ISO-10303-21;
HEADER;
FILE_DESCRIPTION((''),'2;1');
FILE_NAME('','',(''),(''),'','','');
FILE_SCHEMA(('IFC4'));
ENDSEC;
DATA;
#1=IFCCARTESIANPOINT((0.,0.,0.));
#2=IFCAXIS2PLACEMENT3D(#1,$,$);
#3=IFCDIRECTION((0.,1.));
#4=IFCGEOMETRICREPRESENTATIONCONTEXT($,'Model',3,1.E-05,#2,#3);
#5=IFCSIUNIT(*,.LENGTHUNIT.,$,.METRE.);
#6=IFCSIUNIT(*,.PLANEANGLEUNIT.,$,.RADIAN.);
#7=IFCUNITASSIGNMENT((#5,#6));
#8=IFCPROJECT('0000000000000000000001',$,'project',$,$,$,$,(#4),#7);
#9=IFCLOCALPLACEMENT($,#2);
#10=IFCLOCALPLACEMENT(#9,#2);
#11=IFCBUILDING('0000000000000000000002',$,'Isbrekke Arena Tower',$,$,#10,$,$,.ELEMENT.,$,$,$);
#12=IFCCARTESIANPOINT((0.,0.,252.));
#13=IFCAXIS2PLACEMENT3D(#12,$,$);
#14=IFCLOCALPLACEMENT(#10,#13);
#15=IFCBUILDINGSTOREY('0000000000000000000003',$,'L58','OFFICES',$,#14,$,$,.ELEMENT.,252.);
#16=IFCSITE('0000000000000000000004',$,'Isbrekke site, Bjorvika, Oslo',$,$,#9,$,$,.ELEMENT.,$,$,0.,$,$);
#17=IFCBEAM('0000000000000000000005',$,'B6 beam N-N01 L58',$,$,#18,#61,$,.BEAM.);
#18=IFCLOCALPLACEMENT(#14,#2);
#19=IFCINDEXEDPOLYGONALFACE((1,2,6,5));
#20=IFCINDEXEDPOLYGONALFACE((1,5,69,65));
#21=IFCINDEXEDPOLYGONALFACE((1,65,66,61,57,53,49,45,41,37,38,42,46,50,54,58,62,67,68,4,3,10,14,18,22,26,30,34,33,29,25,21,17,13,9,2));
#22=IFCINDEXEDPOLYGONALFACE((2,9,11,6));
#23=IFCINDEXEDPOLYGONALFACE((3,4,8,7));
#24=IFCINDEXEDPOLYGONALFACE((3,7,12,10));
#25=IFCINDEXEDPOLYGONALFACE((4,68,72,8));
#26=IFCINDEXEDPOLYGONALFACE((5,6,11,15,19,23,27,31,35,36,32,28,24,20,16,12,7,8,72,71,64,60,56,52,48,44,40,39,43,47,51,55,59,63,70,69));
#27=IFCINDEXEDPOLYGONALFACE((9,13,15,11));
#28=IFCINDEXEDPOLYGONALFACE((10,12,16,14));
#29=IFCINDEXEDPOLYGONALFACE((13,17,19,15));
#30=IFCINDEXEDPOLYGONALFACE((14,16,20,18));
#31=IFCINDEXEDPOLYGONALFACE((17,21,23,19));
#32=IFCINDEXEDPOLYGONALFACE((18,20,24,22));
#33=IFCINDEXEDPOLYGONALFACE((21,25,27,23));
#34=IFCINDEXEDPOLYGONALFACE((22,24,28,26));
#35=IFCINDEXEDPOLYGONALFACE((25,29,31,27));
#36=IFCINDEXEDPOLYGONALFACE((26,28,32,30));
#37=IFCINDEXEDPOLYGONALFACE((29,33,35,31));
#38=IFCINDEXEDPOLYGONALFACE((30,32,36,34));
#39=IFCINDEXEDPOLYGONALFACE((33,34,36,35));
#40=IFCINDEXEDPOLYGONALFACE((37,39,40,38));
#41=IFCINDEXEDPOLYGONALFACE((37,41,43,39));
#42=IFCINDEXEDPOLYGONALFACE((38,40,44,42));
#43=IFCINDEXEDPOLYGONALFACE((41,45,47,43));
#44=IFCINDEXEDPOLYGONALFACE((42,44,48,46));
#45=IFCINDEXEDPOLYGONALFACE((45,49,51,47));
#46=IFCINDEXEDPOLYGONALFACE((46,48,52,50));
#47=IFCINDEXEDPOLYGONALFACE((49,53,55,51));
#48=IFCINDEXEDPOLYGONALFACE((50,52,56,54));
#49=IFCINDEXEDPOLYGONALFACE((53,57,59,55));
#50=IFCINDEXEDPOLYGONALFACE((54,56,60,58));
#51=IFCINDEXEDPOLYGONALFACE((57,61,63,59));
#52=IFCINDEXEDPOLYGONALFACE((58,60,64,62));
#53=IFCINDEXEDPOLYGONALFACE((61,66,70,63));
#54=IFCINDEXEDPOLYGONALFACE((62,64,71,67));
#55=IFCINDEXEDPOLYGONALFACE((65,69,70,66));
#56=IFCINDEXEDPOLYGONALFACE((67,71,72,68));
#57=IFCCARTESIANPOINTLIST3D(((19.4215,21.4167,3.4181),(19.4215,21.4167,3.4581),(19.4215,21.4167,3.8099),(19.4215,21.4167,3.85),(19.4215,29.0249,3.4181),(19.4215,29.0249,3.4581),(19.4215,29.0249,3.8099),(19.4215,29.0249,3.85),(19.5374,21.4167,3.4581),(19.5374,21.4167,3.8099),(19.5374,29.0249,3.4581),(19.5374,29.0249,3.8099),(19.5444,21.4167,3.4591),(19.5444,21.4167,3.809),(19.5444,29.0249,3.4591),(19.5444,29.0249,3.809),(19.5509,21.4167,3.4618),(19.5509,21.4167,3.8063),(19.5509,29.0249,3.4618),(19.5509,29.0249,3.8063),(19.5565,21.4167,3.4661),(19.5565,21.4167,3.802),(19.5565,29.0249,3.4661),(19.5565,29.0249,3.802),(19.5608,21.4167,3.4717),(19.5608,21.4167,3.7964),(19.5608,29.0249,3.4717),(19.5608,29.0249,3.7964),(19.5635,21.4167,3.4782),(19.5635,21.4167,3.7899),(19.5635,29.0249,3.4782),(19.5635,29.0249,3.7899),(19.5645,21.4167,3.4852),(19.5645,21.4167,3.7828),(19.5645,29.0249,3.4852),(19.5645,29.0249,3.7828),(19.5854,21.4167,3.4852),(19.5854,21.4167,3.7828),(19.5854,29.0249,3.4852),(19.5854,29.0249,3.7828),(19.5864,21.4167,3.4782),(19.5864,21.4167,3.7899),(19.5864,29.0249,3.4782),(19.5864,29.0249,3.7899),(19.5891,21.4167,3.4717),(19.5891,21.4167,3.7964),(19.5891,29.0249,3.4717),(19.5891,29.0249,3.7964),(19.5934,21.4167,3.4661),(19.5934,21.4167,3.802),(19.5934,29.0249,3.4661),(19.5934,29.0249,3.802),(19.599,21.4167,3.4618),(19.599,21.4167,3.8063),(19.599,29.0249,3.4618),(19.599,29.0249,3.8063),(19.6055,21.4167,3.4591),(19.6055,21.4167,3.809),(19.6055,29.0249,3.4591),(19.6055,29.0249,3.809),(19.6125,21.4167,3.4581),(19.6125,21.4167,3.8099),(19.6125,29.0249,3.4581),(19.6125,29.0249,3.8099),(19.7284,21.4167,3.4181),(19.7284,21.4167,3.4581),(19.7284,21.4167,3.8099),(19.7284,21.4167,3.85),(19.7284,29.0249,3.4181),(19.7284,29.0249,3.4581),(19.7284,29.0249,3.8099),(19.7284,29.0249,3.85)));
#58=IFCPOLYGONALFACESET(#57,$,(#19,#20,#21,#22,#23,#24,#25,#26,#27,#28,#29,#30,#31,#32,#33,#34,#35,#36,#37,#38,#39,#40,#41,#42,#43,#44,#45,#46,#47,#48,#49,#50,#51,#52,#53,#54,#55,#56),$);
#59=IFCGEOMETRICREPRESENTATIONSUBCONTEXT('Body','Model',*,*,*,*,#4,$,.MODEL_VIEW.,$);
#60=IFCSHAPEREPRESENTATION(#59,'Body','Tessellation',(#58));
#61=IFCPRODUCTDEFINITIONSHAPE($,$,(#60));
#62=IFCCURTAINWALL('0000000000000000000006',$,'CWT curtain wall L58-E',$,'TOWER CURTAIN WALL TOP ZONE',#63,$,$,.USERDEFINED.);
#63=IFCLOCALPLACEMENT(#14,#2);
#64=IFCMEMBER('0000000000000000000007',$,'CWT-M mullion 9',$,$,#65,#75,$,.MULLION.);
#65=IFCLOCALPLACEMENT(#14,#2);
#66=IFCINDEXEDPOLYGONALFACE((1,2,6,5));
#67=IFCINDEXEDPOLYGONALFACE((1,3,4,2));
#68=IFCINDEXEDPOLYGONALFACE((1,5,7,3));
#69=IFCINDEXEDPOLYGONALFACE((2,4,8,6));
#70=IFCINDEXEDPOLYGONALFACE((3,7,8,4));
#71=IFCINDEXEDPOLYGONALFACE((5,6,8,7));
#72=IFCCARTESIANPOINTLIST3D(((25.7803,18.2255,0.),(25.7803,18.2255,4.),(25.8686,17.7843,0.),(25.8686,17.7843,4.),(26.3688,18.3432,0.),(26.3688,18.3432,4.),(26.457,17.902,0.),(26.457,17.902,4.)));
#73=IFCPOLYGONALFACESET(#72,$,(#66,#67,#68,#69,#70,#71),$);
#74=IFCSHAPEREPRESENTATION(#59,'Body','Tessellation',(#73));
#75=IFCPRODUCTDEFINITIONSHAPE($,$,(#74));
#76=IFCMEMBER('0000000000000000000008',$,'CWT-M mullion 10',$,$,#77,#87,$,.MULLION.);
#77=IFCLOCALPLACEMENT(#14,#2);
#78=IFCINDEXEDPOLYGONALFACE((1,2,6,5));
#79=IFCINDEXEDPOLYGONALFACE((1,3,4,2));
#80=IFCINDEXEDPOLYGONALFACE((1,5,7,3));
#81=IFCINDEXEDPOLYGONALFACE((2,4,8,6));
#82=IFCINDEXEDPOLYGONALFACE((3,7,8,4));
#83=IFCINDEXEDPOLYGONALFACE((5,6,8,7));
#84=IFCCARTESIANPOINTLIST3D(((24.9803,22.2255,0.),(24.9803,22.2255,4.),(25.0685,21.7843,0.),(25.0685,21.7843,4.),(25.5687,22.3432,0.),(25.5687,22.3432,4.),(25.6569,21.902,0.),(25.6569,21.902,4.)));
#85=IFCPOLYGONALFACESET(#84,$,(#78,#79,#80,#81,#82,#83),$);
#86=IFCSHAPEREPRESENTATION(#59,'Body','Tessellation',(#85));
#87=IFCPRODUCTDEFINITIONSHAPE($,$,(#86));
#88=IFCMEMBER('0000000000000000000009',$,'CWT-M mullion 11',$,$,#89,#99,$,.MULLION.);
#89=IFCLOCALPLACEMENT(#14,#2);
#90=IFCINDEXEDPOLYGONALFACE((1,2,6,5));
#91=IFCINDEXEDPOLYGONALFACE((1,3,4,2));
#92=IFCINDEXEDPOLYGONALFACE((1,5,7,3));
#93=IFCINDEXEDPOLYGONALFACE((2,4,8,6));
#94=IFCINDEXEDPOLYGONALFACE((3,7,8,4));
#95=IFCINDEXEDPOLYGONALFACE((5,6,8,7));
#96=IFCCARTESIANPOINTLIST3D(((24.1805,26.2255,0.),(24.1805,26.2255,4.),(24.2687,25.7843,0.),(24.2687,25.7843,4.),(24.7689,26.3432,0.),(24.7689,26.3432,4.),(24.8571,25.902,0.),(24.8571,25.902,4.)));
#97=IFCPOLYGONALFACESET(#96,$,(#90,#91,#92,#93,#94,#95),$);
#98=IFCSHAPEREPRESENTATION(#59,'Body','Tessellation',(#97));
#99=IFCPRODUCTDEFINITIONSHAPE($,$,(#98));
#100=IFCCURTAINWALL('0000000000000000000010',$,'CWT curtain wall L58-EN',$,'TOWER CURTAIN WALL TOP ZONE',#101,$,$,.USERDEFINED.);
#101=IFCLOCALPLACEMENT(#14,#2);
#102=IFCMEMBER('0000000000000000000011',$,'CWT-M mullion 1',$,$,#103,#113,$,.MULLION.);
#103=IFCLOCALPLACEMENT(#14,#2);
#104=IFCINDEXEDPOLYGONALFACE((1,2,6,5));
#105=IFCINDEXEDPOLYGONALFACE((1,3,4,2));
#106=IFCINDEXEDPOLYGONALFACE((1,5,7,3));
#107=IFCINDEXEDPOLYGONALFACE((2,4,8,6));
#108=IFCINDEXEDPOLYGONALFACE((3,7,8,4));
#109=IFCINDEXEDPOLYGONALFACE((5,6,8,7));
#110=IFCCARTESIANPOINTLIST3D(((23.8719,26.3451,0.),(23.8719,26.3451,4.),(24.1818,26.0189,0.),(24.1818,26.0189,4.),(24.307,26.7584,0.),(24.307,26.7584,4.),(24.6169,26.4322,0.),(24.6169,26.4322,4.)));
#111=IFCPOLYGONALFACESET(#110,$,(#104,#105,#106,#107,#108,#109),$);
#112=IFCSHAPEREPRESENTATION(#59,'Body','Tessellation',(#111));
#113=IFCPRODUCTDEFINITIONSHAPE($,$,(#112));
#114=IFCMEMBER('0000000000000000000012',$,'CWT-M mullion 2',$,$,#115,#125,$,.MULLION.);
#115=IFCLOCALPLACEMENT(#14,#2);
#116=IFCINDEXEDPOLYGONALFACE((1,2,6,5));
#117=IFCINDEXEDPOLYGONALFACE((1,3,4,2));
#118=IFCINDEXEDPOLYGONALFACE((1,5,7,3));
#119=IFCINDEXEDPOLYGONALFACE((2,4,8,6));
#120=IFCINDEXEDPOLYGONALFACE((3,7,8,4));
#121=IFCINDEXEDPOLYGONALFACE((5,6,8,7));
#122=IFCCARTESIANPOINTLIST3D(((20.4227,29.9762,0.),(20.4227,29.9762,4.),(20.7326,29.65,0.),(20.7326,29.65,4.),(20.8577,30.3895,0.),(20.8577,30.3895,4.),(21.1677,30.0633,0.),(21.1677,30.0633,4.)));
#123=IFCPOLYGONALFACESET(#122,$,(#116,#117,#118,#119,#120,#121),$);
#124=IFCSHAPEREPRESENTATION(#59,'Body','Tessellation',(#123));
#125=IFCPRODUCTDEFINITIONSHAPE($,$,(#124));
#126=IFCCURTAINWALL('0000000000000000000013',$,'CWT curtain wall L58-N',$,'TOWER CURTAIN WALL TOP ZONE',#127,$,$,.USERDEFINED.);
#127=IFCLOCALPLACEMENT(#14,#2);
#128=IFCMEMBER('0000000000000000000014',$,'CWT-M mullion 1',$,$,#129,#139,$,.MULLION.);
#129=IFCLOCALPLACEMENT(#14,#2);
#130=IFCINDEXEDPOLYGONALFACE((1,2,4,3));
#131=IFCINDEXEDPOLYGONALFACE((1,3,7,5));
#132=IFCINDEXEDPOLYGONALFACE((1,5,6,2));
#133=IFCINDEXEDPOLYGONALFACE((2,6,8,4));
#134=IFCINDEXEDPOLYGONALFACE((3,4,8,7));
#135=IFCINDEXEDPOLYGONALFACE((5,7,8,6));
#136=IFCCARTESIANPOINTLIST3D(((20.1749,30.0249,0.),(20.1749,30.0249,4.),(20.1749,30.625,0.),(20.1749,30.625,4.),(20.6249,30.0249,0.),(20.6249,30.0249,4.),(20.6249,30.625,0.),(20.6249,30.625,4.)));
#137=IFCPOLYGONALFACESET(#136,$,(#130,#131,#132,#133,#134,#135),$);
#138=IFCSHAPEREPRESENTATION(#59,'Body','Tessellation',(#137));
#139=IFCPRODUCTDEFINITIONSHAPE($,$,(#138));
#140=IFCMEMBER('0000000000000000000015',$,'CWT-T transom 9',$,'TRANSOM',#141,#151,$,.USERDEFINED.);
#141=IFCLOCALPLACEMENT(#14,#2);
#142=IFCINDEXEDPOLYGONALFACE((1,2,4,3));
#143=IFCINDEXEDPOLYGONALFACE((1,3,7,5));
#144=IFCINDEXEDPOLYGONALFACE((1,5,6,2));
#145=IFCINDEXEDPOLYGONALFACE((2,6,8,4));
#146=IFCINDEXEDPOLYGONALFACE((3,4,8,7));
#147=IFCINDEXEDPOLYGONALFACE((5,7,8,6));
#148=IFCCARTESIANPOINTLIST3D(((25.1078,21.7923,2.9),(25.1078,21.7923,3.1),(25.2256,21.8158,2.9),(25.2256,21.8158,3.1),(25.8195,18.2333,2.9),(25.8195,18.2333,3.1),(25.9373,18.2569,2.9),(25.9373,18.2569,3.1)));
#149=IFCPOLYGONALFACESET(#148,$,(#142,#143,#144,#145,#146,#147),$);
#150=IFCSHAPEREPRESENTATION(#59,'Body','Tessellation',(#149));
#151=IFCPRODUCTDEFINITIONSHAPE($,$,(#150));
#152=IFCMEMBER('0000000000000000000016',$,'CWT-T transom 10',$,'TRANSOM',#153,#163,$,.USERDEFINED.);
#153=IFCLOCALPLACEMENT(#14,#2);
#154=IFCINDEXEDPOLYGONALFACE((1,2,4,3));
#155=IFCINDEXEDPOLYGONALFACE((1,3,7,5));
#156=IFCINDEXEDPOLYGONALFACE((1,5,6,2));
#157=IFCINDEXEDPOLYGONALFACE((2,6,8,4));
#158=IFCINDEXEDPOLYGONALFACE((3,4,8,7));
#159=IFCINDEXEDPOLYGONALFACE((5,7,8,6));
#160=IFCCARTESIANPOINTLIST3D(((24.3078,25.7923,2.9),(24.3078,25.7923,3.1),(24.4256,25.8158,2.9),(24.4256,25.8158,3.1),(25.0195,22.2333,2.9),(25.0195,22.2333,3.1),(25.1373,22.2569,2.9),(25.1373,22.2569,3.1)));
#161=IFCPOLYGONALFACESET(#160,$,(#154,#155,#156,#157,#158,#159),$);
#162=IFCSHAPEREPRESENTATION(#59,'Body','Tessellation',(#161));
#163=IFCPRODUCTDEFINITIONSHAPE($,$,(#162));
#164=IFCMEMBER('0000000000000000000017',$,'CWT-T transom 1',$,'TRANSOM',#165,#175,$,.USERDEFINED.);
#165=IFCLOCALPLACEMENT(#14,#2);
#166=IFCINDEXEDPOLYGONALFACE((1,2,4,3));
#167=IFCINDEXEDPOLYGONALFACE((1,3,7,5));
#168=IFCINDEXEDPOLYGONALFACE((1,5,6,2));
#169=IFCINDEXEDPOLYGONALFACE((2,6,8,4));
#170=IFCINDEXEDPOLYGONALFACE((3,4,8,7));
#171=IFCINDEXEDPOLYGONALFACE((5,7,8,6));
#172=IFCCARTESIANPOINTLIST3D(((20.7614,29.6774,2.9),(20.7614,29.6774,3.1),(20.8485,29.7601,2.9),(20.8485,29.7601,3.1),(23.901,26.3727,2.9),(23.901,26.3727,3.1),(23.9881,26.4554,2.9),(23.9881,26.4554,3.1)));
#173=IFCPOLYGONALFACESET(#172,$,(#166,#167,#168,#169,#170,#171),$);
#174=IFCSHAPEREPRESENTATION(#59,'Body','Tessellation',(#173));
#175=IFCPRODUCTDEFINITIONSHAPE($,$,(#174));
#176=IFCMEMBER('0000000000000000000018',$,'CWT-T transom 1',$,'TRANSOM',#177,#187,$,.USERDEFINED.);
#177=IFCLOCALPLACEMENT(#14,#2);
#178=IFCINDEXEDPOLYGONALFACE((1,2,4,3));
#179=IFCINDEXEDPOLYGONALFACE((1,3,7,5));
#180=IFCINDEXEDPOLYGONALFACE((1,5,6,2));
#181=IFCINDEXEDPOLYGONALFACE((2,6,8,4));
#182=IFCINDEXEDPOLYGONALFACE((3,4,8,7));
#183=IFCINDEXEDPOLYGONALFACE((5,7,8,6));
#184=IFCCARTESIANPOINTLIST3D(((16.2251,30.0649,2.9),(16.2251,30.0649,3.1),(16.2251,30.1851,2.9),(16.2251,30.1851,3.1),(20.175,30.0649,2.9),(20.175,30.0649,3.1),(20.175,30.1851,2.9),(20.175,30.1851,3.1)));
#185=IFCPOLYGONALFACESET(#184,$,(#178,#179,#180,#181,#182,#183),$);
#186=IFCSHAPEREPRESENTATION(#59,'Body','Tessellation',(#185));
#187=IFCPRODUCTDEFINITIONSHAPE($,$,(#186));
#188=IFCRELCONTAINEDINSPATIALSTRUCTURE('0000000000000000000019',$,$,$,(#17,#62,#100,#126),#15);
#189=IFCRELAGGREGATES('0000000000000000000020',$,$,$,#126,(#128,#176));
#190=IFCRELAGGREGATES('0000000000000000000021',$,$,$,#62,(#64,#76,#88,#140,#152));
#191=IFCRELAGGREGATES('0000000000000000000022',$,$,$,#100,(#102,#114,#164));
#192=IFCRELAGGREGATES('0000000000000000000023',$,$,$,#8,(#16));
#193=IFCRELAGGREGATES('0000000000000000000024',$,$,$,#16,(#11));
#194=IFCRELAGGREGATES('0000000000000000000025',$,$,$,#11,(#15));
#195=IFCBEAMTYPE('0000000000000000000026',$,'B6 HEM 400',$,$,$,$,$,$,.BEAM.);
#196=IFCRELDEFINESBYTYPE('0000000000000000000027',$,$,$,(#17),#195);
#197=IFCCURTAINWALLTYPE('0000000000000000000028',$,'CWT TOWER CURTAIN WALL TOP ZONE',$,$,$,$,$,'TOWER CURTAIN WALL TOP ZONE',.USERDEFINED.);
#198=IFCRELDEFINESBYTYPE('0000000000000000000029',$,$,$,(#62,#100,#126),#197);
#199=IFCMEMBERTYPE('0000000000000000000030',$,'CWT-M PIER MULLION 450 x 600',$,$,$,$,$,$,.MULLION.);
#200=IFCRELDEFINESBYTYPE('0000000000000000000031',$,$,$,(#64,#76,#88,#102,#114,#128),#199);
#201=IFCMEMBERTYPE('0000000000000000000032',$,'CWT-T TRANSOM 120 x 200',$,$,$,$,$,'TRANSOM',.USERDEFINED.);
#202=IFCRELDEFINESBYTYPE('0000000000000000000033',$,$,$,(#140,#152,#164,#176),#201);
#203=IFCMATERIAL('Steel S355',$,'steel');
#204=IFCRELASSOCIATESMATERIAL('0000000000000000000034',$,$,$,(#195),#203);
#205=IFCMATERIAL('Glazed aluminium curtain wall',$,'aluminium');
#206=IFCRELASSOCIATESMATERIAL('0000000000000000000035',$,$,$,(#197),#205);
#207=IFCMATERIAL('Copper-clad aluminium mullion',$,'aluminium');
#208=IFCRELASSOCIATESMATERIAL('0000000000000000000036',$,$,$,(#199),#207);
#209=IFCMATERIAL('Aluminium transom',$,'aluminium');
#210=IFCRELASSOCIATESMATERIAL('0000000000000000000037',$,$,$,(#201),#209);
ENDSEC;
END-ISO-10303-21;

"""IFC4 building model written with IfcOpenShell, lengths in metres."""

from ifc_helpers import new_model, si_unit, direction, frame, origin, origin_2d, place, context, subcontext, project, spatial, rectangle, i_section, extrude, material, material_profile, profile_set, type_object, element, aggregate, save


model = new_model("IFC4")

# Units and contexts
model_context = context("Model", 3, precision=1e-05, world=origin(), true_north=direction((0.0, 1.0)))
body_context = subcontext(model_context, "Body", "Model", "MODEL_VIEW")
ifc_project = project(units=[si_unit("LENGTHUNIT", "METRE"), si_unit("PLANEANGLEUNIT", "RADIAN")], contexts=[model_context])

# Site, building, storey
site_placement = place(None, origin())
site = spatial("IfcSite", under=ifc_project, at=site_placement, Name="Isbrekke site, Bjorvika, Oslo", CompositionType="ELEMENT", RefElevation=0.0)
building_placement = place(site_placement, origin())
building = spatial("IfcBuilding", under=site, at=building_placement, Name="Isbrekke Arena Tower", CompositionType="ELEMENT")
storey_placement = place(building_placement, frame((0.0, 0.0, 252.0)))
storey = spatial("IfcBuildingStorey", under=building, at=storey_placement, Name="L58", Description="OFFICES", CompositionType="ELEMENT", Elevation=252.0)

# Beam
ifc_material_1 = material(Name="Steel S355", Category="steel")
ifc_material_profile_1 = material_profile(ifc_material_1, i_section(OverallWidth=0.3069, OverallDepth=0.4319, WebThickness=0.021, FlangeThickness=0.04, FilletRadius=0.0271, at=origin_2d()), Name="HEM 400")
ifc_profile_set_1 = profile_set([ifc_material_profile_1], Name="Steel S355")
beam_type_1 = type_object("IfcBeamType", Name="B6 HEM 400", PredefinedType="BEAM", material=ifc_profile_set_1)
beam_1_placement = place(storey_placement, frame((19.575, 29.0249, 3.634), z_axis=(0.0, -1.0, 0.0), x_axis=(1.0, 0.0, 0.0)))
element("IfcBeam", 1, at=beam_1_placement, inside=storey, type_object=beam_type_1, Name="B6 beam N-N01 L58", PredefinedType="BEAM", context=body_context, shape_type="SweptSolid", body=[
    extrude(i_section(OverallWidth=0.3069, OverallDepth=0.4319, WebThickness=0.021, FlangeThickness=0.04, FilletRadius=0.0271, at=origin_2d()), origin(), (0.0, 0.0, 1.0), 7.6082),
])

# Curtain walls, members
ifc_material_2 = material(Name="Glazed aluminium curtain wall", Category="aluminium")
curtain_wall_type = type_object("IfcCurtainWallType", Name="CWT TOWER CURTAIN WALL TOP ZONE", ElementType="TOWER CURTAIN WALL TOP ZONE", PredefinedType="USERDEFINED", material=ifc_material_2)
curtain_wall_1_placement = place(storey_placement, origin())
curtain_wall_1 = element("IfcCurtainWall", 2, at=curtain_wall_1_placement, inside=storey, type_object=curtain_wall_type, Name="CWT curtain wall L58-E", ObjectType="TOWER CURTAIN WALL TOP ZONE", PredefinedType="USERDEFINED")
ifc_material_3 = material(Name="Copper-clad aluminium mullion", Category="aluminium")
ifc_material_profile_2 = material_profile(ifc_material_3, rectangle(XDim=0.45, YDim=0.6001, at=origin_2d()), Name="PIER 450X600")
ifc_profile_set_2 = profile_set([ifc_material_profile_2], Name="Copper-clad aluminium mullion")
member_type_1 = type_object("IfcMemberType", Name="CWT-M PIER MULLION 450 x 600", PredefinedType="MULLION", material=ifc_profile_set_2)
member_1_placement = place(storey_placement, frame((26.1187, 18.0637, 0.0), z_axis=(0.0, 0.0, 1.0), x_axis=(-0.196116, 0.980581, 0.0)))
member_1 = element("IfcMember", 3, at=member_1_placement, type_object=member_type_1, Name="CWT-M mullion 9", PredefinedType="MULLION", context=body_context, shape_type="SweptSolid", body=[
    extrude(rectangle(XDim=0.45, YDim=0.6001, at=origin_2d()), origin(), (0.0, 0.0, 1.0), 4.0),
])
member_2_placement = place(storey_placement, frame((25.3186, 22.0637, 0.0), z_axis=(0.0, 0.0, 1.0), x_axis=(-0.196116, 0.980581, 0.0)))
member_2 = element("IfcMember", 4, at=member_2_placement, type_object=member_type_1, Name="CWT-M mullion 10", PredefinedType="MULLION", context=body_context, shape_type="SweptSolid", body=[
    extrude(rectangle(XDim=0.45, YDim=0.6001, at=origin_2d()), origin(), (0.0, 0.0, 1.0), 4.0),
])
member_3_placement = place(storey_placement, frame((24.5188, 26.0637, 0.0), z_axis=(0.0, 0.0, 1.0), x_axis=(-0.196116, 0.980581, 0.0)))
member_3 = element("IfcMember", 5, at=member_3_placement, type_object=member_type_1, Name="CWT-M mullion 11", PredefinedType="MULLION", context=body_context, shape_type="SweptSolid", body=[
    extrude(rectangle(XDim=0.45, YDim=0.6001, at=origin_2d()), origin(), (0.0, 0.0, 1.0), 4.0),
])
curtain_wall_2_placement = place(storey_placement, origin())
curtain_wall_2 = element("IfcCurtainWall", 6, at=curtain_wall_2_placement, inside=storey, type_object=curtain_wall_type, Name="CWT curtain wall L58-EN", ObjectType="TOWER CURTAIN WALL TOP ZONE", PredefinedType="USERDEFINED")
member_4_placement = place(storey_placement, frame((24.2444, 26.3887, 0.0), z_axis=(0.0, 0.0, 1.0), x_axis=(-0.688749, 0.724999, 0.0)))
member_4 = element("IfcMember", 7, at=member_4_placement, type_object=member_type_1, Name="CWT-M mullion 1", PredefinedType="MULLION", context=body_context, shape_type="SweptSolid", body=[
    extrude(rectangle(XDim=0.45, YDim=0.6001, at=origin_2d()), origin(), (0.0, 0.0, 1.0), 4.0),
])
member_5_placement = place(storey_placement, frame((20.7952, 30.0198, 0.0), z_axis=(0.0, 0.0, 1.0), x_axis=(-0.688749, 0.724999, 0.0)))
member_5 = element("IfcMember", 8, at=member_5_placement, type_object=member_type_1, Name="CWT-M mullion 2", PredefinedType="MULLION", context=body_context, shape_type="SweptSolid", body=[
    extrude(rectangle(XDim=0.45, YDim=0.6001, at=origin_2d()), origin(), (0.0, 0.0, 1.0), 4.0),
])

# Curtain wall, member
curtain_wall_3_placement = place(storey_placement, origin())
curtain_wall_3 = element("IfcCurtainWall", 9, at=curtain_wall_3_placement, inside=storey, type_object=curtain_wall_type, Name="CWT curtain wall L58-N", ObjectType="TOWER CURTAIN WALL TOP ZONE", PredefinedType="USERDEFINED")
member_6_placement = place(storey_placement, frame((20.3999, 30.325, 0.0), z_axis=(0.0, 0.0, 1.0), x_axis=(-1.0, 0.0, 0.0)))
member_6 = element("IfcMember", 10, at=member_6_placement, type_object=member_type_1, Name="CWT-M mullion 1", PredefinedType="MULLION", context=body_context, shape_type="SweptSolid", body=[
    extrude(rectangle(XDim=0.45, YDim=0.6001, at=origin_2d()), origin(), (0.0, 0.0, 1.0), 4.0),
])

# Members
ifc_material_4 = material(Name="Aluminium transom", Category="aluminium")
ifc_material_profile_3 = material_profile(ifc_material_4, rectangle(XDim=0.1201, YDim=0.2, at=origin_2d()), Name="TRANSOM 120X200")
ifc_profile_set_3 = profile_set([ifc_material_profile_3], Name="Aluminium transom")
member_type_2 = type_object("IfcMemberType", Name="CWT-T TRANSOM 120 x 200", ElementType="TRANSOM", PredefinedType="USERDEFINED", material=ifc_profile_set_3)
member_7_placement = place(storey_placement, frame((25.8784, 18.2451, 3.0), z_axis=(-0.19609, 0.980586, 0.0), x_axis=(-0.980586, -0.19609, 0.0)))
member_7 = element("IfcMember", 11, at=member_7_placement, type_object=member_type_2, Name="CWT-T transom 9", ObjectType="TRANSOM", PredefinedType="USERDEFINED", context=body_context, shape_type="SweptSolid", body=[
    extrude(rectangle(XDim=0.1201, YDim=0.2, at=origin_2d()), origin(), (0.0, 0.0, 1.0), 3.6294),
])
member_8_placement = place(storey_placement, frame((25.0784, 22.2451, 3.0), z_axis=(-0.19609, 0.980586, 0.0), x_axis=(-0.980586, -0.19609, 0.0)))
member_8 = element("IfcMember", 12, at=member_8_placement, type_object=member_type_2, Name="CWT-T transom 10", ObjectType="TRANSOM", PredefinedType="USERDEFINED", context=body_context, shape_type="SweptSolid", body=[
    extrude(rectangle(XDim=0.1201, YDim=0.2, at=origin_2d()), origin(), (0.0, 0.0, 1.0), 3.6294),
])
member_9_placement = place(storey_placement, frame((23.9446, 26.4141, 3.0), z_axis=(-0.688772, 0.724978, 0.0), x_axis=(-0.724978, -0.688772, 0.0)))
member_9 = element("IfcMember", 13, at=member_9_placement, type_object=member_type_2, Name="CWT-T transom 1", ObjectType="TRANSOM", PredefinedType="USERDEFINED", context=body_context, shape_type="SweptSolid", body=[
    extrude(rectangle(XDim=0.1201, YDim=0.2, at=origin_2d()), origin(), (0.0, 0.0, 1.0), 4.5583),
])
member_10_placement = place(storey_placement, frame((20.175, 30.125, 3.0), z_axis=(-1.0, 0.0, 0.0), x_axis=(0.0, -1.0, 0.0)))
member_10 = element("IfcMember", 14, at=member_10_placement, type_object=member_type_2, Name="CWT-T transom 1", ObjectType="TRANSOM", PredefinedType="USERDEFINED", context=body_context, shape_type="SweptSolid", body=[
    extrude(rectangle(XDim=0.1201, YDim=0.2, at=origin_2d()), origin(), (0.0, 0.0, 1.0), 3.95),
])
aggregate(curtain_wall_3, [member_6, member_10])

aggregate(curtain_wall_1, [member_1, member_2, member_3, member_7, member_8])
aggregate(curtain_wall_2, [member_4, member_5, member_9])

save(model, "model.ifc")
